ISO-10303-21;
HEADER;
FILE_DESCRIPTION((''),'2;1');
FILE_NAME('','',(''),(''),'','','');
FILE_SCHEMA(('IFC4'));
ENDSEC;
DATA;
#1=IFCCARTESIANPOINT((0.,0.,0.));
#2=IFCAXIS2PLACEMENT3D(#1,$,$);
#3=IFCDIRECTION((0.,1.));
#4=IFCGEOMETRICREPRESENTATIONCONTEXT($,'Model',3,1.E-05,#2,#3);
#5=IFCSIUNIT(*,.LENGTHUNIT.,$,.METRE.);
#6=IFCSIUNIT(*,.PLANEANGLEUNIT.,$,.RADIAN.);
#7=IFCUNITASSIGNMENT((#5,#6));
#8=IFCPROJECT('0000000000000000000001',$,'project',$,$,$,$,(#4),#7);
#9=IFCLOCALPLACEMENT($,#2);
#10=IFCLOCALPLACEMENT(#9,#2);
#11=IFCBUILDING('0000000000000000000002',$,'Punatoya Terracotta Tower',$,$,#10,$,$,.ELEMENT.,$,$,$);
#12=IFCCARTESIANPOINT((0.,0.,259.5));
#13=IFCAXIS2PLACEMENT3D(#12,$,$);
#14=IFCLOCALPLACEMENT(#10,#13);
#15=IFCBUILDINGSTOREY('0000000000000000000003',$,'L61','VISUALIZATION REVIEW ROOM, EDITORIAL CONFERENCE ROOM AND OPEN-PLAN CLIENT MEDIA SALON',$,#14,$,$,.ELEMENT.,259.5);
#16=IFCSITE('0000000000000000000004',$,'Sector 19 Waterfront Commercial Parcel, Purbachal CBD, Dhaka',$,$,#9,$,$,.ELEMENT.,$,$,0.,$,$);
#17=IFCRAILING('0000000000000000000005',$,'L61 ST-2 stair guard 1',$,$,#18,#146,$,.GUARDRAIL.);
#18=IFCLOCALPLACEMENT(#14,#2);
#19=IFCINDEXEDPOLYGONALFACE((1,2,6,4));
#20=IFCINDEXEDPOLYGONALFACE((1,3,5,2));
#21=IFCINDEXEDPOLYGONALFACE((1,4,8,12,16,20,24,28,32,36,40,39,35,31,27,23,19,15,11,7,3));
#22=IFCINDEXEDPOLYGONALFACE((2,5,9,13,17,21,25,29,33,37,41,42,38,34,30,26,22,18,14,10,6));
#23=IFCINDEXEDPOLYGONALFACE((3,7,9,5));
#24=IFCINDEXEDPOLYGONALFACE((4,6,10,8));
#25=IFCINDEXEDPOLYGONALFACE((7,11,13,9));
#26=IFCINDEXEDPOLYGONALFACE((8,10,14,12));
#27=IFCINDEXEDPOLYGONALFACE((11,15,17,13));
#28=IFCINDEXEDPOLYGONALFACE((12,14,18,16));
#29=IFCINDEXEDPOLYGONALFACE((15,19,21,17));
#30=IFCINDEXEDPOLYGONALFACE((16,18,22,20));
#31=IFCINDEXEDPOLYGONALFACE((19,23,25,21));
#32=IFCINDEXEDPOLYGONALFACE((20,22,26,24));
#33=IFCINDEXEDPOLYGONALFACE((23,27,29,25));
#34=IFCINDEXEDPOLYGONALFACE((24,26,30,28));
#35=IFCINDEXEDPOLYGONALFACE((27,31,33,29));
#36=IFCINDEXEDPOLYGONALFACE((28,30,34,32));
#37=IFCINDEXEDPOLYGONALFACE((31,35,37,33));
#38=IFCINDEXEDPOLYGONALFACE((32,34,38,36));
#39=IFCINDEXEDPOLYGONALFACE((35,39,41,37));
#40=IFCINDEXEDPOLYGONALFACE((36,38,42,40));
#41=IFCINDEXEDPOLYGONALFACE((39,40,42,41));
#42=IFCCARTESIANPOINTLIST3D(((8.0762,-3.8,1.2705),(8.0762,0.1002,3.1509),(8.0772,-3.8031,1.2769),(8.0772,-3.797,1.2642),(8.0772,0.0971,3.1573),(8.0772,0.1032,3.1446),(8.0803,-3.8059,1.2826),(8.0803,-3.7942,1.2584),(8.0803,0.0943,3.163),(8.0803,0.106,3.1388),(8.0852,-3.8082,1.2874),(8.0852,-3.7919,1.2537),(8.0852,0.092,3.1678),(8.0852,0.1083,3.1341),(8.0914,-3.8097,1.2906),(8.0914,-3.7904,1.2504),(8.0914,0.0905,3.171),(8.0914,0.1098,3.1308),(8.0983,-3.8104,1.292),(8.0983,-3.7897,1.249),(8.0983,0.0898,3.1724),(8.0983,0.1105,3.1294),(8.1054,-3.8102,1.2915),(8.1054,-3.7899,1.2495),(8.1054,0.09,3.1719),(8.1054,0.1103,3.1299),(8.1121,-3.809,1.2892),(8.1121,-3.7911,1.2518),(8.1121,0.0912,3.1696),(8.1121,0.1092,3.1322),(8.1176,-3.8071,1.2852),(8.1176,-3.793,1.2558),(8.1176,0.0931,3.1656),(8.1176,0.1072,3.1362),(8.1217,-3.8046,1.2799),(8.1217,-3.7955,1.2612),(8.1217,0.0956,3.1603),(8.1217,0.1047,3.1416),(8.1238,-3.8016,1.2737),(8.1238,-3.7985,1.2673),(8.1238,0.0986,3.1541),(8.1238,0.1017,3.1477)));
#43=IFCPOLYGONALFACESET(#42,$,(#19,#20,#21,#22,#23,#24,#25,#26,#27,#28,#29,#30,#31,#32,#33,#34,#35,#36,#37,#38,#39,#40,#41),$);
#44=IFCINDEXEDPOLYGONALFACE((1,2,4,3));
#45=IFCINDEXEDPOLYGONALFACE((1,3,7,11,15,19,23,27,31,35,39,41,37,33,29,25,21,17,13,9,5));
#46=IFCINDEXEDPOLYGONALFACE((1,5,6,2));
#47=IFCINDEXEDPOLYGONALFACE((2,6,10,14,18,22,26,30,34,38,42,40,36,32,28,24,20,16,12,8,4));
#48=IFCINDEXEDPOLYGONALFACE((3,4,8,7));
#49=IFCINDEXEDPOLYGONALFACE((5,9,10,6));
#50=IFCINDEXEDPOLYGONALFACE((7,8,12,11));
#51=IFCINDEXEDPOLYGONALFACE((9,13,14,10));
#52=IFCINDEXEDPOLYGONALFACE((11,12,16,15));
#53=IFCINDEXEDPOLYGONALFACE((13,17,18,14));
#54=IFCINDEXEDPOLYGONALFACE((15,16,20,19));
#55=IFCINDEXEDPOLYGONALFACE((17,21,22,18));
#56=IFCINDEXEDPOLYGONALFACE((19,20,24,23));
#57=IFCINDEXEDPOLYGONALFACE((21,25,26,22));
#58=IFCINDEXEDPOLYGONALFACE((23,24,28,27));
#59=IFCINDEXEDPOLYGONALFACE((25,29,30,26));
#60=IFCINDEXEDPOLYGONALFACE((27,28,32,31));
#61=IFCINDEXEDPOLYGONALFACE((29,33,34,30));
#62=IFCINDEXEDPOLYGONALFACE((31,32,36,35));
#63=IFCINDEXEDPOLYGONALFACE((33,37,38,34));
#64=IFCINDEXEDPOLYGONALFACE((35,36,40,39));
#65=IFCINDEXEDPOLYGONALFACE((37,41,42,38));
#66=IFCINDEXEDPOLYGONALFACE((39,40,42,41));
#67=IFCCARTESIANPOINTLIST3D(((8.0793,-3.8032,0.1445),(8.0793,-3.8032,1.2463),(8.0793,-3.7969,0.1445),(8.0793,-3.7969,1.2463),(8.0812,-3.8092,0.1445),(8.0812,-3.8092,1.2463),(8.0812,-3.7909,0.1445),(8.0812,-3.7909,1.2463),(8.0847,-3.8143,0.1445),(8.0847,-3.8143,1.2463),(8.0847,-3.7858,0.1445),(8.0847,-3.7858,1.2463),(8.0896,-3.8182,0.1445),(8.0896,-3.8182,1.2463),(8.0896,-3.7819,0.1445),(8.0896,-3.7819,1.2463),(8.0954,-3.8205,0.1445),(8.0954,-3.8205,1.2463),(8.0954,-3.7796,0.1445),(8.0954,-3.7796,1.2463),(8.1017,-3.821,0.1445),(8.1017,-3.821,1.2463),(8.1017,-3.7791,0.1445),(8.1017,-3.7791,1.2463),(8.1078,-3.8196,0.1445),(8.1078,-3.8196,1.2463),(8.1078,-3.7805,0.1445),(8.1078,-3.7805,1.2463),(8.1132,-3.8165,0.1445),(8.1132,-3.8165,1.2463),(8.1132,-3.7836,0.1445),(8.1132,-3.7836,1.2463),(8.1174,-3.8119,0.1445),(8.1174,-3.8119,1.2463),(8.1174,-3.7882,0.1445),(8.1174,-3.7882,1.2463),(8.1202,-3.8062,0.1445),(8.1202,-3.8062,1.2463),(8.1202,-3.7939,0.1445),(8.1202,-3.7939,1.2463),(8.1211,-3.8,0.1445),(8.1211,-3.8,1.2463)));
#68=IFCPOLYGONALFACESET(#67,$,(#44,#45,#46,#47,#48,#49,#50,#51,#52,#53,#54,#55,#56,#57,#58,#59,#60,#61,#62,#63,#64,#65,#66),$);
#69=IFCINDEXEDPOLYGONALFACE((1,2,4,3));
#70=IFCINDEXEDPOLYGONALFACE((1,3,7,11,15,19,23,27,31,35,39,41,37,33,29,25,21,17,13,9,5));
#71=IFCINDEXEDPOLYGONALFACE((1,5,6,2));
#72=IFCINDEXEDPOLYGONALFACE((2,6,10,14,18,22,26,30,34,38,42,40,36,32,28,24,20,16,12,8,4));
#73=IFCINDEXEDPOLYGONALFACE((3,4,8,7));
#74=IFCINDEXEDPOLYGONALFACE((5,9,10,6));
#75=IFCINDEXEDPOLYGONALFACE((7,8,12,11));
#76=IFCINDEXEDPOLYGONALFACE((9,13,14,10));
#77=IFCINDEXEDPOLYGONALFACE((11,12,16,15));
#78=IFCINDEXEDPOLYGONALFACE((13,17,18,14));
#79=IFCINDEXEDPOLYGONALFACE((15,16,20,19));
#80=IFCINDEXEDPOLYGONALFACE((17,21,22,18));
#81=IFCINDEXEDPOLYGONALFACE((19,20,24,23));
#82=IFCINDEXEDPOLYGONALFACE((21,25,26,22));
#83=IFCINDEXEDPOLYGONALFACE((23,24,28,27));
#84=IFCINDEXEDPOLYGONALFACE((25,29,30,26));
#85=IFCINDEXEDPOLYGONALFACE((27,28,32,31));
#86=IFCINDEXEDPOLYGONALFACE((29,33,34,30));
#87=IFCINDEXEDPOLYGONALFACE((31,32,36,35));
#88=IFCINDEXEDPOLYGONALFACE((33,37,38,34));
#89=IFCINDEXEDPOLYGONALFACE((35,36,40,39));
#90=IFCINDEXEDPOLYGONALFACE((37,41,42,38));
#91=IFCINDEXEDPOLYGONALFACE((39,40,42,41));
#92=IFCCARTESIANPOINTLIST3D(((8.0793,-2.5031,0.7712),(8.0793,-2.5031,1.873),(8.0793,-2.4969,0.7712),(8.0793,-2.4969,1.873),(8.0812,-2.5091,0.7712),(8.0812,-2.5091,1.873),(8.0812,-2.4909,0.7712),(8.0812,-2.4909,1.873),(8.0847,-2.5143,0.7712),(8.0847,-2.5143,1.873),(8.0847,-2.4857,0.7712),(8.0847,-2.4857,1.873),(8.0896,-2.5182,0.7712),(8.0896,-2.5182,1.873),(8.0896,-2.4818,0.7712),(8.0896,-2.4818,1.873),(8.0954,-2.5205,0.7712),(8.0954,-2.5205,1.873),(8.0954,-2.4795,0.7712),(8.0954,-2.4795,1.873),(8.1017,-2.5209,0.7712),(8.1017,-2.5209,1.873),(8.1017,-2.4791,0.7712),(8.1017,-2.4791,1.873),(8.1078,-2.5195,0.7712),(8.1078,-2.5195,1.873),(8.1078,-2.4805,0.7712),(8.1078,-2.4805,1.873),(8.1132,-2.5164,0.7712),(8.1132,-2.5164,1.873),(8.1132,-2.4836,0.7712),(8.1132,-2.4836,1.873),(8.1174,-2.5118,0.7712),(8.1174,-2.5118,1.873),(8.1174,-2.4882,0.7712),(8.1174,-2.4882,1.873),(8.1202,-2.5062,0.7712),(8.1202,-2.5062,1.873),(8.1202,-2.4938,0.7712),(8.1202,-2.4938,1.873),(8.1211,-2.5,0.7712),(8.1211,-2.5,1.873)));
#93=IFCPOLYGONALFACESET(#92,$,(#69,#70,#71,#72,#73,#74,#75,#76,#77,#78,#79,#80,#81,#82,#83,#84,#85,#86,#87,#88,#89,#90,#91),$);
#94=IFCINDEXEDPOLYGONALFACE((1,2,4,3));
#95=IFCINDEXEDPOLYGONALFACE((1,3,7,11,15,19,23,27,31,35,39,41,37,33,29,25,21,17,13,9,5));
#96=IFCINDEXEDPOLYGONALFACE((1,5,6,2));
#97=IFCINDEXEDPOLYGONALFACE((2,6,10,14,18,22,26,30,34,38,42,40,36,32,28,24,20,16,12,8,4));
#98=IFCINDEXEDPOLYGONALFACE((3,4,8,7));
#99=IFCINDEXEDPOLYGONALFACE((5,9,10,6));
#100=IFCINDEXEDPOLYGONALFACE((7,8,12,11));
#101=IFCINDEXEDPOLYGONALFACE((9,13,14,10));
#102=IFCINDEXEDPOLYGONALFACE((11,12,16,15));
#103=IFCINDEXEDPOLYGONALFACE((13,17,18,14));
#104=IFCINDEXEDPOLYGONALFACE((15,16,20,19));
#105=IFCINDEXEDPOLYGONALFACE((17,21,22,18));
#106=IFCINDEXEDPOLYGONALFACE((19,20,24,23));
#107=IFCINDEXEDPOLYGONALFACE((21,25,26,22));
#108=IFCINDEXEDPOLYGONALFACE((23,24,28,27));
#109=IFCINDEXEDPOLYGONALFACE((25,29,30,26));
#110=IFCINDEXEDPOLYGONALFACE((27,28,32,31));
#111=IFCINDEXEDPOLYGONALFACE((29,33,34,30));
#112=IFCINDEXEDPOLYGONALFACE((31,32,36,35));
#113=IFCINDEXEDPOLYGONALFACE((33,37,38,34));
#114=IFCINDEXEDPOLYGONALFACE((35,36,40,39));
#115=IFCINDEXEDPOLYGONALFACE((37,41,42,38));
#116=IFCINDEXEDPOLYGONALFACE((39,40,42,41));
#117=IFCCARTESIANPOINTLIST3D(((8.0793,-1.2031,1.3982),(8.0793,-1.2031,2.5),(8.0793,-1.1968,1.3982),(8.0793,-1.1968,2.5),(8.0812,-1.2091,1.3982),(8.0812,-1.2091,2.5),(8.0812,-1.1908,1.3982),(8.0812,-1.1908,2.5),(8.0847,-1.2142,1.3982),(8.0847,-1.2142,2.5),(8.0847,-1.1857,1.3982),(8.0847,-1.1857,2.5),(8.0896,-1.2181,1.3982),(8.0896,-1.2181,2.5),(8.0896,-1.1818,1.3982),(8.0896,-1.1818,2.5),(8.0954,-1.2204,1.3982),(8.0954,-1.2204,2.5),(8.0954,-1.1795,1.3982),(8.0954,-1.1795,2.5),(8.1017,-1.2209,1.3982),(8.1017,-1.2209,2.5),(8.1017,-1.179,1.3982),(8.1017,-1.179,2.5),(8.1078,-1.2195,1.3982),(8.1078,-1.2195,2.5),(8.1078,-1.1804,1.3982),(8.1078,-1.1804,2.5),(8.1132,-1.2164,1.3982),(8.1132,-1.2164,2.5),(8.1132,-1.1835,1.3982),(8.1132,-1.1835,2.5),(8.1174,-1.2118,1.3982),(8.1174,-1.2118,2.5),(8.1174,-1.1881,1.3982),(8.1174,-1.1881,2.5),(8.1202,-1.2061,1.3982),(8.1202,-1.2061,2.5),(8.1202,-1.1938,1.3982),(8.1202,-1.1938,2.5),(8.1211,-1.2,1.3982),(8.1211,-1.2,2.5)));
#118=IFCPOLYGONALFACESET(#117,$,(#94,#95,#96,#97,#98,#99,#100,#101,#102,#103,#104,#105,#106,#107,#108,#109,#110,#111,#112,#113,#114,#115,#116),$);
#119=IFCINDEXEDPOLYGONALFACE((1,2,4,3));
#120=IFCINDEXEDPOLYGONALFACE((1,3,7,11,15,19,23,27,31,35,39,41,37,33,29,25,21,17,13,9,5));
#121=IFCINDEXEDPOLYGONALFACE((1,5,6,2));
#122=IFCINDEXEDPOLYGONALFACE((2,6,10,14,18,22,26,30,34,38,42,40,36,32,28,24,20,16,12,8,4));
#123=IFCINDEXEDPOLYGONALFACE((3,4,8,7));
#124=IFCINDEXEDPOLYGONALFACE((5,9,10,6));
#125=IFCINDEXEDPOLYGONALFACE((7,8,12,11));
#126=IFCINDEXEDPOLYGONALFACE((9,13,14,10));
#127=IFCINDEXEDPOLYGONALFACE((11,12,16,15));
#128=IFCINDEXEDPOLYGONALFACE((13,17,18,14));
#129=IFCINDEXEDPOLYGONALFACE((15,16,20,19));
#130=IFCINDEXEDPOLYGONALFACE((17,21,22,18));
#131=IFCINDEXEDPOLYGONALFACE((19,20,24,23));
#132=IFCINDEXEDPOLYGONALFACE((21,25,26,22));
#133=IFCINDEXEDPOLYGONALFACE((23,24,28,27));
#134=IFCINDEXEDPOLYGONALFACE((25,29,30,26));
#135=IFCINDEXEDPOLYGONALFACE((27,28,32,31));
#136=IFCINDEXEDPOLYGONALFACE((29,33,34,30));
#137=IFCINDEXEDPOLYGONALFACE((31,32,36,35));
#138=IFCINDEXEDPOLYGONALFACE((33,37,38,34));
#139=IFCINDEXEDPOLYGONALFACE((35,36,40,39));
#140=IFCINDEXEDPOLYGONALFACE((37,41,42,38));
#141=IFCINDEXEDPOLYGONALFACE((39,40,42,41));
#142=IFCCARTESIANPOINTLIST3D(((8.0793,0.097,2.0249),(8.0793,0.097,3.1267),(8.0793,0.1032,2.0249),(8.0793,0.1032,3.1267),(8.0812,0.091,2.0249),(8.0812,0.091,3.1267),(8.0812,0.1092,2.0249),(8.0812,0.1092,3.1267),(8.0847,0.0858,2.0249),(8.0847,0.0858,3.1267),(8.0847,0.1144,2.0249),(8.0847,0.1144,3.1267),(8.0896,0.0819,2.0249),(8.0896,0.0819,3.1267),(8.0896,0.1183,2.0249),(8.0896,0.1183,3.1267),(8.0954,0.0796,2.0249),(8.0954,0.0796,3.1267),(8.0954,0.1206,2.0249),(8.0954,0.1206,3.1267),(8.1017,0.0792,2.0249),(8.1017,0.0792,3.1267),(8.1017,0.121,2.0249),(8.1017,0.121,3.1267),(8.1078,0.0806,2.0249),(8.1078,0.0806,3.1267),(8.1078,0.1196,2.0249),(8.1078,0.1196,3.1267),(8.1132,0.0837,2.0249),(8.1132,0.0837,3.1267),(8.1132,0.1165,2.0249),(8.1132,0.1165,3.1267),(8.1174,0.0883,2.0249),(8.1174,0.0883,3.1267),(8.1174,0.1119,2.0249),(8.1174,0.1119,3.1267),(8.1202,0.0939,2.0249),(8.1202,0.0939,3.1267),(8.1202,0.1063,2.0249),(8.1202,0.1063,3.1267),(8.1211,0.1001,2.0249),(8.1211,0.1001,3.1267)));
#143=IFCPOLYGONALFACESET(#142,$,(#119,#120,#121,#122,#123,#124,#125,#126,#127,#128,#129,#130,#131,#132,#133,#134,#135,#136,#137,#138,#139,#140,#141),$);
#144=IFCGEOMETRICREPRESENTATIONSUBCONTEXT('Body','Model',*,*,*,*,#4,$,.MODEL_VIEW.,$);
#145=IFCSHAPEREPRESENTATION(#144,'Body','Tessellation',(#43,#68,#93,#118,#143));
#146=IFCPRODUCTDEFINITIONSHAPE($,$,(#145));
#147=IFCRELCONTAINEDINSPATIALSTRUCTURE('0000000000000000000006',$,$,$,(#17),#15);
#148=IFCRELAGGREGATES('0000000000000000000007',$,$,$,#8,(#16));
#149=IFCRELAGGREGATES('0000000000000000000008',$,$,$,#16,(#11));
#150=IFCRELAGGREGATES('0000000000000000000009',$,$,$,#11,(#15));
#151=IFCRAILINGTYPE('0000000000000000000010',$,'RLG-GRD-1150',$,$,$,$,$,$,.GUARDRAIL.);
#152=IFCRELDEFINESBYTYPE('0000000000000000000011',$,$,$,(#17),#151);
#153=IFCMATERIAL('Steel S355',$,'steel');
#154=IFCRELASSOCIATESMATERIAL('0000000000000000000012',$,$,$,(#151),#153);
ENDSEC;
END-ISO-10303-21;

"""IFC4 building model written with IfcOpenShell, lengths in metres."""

from ifc_helpers import new_model, si_unit, direction, frame, origin, origin_2d, place, context, subcontext, project, spatial, circle, extrude, material, type_object, element, save


model = new_model("IFC4")

# Units and contexts
model_context = context("Model", 3, precision=1e-05, world=origin(), true_north=direction((0.0, 1.0)))
body_context = subcontext(model_context, "Body", "Model", "MODEL_VIEW")
ifc_project = project(units=[si_unit("LENGTHUNIT", "METRE"), si_unit("PLANEANGLEUNIT", "RADIAN")], contexts=[model_context])

# Site, building, storey
site_placement = place(None, origin())
site = spatial("IfcSite", under=ifc_project, at=site_placement, Name="Sector 19 Waterfront Commercial Parcel, Purbachal CBD, Dhaka", CompositionType="ELEMENT", RefElevation=0.0)
building_placement = place(site_placement, origin())
building = spatial("IfcBuilding", under=site, at=building_placement, Name="Punatoya Terracotta Tower", CompositionType="ELEMENT")
storey_placement = place(building_placement, frame((0.0, 0.0, 259.5)))
storey = spatial("IfcBuildingStorey", under=building, at=storey_placement, Name="L61", Description="VISUALIZATION REVIEW ROOM, EDITORIAL CONFERENCE ROOM AND OPEN-PLAN CLIENT MEDIA SALON", CompositionType="ELEMENT", Elevation=259.5)

# Shared definitions
ifc_material_1 = material(Name="Steel S355", Category="steel")

# Railing
railing_type_1 = type_object("IfcRailingType", Name="RLG-GRD-1150", PredefinedType="GUARDRAIL", material=ifc_material_1)
railing_1_placement = place(storey_placement, frame((8.1001, -3.8, 0.1445)))
element("IfcRailing", 1, at=railing_1_placement, inside=storey, type_object=railing_type_1, Name="L61 ST-2 stair guard 1", PredefinedType="GUARDRAIL", context=body_context, shape_type="SweptSolid", body=[
    extrude(circle(Radius=0.0239, at=origin_2d()), frame((0.0, 0.0, 1.126), z_axis=(0.0, 0.900774, 0.434289), x_axis=(-1.0, 0.0, 0.0)), (0.0, 0.0, 1.0), 4.3298),
    extrude(circle(Radius=0.021, at=origin_2d()), origin(), (0.0, 0.0, 1.0), 1.1018),
    extrude(circle(Radius=0.021, at=origin_2d()), frame((0.0, 1.3, 0.6267)), (0.0, 0.0, 1.0), 1.1018),
    extrude(circle(Radius=0.021, at=origin_2d()), frame((0.0, 2.6001, 1.2537)), (0.0, 0.0, 1.0), 1.1018),
    extrude(circle(Radius=0.021, at=origin_2d()), frame((0.0, 3.9001, 1.8804)), (0.0, 0.0, 1.0), 1.1018),
])

save(model, "model.ifc")
